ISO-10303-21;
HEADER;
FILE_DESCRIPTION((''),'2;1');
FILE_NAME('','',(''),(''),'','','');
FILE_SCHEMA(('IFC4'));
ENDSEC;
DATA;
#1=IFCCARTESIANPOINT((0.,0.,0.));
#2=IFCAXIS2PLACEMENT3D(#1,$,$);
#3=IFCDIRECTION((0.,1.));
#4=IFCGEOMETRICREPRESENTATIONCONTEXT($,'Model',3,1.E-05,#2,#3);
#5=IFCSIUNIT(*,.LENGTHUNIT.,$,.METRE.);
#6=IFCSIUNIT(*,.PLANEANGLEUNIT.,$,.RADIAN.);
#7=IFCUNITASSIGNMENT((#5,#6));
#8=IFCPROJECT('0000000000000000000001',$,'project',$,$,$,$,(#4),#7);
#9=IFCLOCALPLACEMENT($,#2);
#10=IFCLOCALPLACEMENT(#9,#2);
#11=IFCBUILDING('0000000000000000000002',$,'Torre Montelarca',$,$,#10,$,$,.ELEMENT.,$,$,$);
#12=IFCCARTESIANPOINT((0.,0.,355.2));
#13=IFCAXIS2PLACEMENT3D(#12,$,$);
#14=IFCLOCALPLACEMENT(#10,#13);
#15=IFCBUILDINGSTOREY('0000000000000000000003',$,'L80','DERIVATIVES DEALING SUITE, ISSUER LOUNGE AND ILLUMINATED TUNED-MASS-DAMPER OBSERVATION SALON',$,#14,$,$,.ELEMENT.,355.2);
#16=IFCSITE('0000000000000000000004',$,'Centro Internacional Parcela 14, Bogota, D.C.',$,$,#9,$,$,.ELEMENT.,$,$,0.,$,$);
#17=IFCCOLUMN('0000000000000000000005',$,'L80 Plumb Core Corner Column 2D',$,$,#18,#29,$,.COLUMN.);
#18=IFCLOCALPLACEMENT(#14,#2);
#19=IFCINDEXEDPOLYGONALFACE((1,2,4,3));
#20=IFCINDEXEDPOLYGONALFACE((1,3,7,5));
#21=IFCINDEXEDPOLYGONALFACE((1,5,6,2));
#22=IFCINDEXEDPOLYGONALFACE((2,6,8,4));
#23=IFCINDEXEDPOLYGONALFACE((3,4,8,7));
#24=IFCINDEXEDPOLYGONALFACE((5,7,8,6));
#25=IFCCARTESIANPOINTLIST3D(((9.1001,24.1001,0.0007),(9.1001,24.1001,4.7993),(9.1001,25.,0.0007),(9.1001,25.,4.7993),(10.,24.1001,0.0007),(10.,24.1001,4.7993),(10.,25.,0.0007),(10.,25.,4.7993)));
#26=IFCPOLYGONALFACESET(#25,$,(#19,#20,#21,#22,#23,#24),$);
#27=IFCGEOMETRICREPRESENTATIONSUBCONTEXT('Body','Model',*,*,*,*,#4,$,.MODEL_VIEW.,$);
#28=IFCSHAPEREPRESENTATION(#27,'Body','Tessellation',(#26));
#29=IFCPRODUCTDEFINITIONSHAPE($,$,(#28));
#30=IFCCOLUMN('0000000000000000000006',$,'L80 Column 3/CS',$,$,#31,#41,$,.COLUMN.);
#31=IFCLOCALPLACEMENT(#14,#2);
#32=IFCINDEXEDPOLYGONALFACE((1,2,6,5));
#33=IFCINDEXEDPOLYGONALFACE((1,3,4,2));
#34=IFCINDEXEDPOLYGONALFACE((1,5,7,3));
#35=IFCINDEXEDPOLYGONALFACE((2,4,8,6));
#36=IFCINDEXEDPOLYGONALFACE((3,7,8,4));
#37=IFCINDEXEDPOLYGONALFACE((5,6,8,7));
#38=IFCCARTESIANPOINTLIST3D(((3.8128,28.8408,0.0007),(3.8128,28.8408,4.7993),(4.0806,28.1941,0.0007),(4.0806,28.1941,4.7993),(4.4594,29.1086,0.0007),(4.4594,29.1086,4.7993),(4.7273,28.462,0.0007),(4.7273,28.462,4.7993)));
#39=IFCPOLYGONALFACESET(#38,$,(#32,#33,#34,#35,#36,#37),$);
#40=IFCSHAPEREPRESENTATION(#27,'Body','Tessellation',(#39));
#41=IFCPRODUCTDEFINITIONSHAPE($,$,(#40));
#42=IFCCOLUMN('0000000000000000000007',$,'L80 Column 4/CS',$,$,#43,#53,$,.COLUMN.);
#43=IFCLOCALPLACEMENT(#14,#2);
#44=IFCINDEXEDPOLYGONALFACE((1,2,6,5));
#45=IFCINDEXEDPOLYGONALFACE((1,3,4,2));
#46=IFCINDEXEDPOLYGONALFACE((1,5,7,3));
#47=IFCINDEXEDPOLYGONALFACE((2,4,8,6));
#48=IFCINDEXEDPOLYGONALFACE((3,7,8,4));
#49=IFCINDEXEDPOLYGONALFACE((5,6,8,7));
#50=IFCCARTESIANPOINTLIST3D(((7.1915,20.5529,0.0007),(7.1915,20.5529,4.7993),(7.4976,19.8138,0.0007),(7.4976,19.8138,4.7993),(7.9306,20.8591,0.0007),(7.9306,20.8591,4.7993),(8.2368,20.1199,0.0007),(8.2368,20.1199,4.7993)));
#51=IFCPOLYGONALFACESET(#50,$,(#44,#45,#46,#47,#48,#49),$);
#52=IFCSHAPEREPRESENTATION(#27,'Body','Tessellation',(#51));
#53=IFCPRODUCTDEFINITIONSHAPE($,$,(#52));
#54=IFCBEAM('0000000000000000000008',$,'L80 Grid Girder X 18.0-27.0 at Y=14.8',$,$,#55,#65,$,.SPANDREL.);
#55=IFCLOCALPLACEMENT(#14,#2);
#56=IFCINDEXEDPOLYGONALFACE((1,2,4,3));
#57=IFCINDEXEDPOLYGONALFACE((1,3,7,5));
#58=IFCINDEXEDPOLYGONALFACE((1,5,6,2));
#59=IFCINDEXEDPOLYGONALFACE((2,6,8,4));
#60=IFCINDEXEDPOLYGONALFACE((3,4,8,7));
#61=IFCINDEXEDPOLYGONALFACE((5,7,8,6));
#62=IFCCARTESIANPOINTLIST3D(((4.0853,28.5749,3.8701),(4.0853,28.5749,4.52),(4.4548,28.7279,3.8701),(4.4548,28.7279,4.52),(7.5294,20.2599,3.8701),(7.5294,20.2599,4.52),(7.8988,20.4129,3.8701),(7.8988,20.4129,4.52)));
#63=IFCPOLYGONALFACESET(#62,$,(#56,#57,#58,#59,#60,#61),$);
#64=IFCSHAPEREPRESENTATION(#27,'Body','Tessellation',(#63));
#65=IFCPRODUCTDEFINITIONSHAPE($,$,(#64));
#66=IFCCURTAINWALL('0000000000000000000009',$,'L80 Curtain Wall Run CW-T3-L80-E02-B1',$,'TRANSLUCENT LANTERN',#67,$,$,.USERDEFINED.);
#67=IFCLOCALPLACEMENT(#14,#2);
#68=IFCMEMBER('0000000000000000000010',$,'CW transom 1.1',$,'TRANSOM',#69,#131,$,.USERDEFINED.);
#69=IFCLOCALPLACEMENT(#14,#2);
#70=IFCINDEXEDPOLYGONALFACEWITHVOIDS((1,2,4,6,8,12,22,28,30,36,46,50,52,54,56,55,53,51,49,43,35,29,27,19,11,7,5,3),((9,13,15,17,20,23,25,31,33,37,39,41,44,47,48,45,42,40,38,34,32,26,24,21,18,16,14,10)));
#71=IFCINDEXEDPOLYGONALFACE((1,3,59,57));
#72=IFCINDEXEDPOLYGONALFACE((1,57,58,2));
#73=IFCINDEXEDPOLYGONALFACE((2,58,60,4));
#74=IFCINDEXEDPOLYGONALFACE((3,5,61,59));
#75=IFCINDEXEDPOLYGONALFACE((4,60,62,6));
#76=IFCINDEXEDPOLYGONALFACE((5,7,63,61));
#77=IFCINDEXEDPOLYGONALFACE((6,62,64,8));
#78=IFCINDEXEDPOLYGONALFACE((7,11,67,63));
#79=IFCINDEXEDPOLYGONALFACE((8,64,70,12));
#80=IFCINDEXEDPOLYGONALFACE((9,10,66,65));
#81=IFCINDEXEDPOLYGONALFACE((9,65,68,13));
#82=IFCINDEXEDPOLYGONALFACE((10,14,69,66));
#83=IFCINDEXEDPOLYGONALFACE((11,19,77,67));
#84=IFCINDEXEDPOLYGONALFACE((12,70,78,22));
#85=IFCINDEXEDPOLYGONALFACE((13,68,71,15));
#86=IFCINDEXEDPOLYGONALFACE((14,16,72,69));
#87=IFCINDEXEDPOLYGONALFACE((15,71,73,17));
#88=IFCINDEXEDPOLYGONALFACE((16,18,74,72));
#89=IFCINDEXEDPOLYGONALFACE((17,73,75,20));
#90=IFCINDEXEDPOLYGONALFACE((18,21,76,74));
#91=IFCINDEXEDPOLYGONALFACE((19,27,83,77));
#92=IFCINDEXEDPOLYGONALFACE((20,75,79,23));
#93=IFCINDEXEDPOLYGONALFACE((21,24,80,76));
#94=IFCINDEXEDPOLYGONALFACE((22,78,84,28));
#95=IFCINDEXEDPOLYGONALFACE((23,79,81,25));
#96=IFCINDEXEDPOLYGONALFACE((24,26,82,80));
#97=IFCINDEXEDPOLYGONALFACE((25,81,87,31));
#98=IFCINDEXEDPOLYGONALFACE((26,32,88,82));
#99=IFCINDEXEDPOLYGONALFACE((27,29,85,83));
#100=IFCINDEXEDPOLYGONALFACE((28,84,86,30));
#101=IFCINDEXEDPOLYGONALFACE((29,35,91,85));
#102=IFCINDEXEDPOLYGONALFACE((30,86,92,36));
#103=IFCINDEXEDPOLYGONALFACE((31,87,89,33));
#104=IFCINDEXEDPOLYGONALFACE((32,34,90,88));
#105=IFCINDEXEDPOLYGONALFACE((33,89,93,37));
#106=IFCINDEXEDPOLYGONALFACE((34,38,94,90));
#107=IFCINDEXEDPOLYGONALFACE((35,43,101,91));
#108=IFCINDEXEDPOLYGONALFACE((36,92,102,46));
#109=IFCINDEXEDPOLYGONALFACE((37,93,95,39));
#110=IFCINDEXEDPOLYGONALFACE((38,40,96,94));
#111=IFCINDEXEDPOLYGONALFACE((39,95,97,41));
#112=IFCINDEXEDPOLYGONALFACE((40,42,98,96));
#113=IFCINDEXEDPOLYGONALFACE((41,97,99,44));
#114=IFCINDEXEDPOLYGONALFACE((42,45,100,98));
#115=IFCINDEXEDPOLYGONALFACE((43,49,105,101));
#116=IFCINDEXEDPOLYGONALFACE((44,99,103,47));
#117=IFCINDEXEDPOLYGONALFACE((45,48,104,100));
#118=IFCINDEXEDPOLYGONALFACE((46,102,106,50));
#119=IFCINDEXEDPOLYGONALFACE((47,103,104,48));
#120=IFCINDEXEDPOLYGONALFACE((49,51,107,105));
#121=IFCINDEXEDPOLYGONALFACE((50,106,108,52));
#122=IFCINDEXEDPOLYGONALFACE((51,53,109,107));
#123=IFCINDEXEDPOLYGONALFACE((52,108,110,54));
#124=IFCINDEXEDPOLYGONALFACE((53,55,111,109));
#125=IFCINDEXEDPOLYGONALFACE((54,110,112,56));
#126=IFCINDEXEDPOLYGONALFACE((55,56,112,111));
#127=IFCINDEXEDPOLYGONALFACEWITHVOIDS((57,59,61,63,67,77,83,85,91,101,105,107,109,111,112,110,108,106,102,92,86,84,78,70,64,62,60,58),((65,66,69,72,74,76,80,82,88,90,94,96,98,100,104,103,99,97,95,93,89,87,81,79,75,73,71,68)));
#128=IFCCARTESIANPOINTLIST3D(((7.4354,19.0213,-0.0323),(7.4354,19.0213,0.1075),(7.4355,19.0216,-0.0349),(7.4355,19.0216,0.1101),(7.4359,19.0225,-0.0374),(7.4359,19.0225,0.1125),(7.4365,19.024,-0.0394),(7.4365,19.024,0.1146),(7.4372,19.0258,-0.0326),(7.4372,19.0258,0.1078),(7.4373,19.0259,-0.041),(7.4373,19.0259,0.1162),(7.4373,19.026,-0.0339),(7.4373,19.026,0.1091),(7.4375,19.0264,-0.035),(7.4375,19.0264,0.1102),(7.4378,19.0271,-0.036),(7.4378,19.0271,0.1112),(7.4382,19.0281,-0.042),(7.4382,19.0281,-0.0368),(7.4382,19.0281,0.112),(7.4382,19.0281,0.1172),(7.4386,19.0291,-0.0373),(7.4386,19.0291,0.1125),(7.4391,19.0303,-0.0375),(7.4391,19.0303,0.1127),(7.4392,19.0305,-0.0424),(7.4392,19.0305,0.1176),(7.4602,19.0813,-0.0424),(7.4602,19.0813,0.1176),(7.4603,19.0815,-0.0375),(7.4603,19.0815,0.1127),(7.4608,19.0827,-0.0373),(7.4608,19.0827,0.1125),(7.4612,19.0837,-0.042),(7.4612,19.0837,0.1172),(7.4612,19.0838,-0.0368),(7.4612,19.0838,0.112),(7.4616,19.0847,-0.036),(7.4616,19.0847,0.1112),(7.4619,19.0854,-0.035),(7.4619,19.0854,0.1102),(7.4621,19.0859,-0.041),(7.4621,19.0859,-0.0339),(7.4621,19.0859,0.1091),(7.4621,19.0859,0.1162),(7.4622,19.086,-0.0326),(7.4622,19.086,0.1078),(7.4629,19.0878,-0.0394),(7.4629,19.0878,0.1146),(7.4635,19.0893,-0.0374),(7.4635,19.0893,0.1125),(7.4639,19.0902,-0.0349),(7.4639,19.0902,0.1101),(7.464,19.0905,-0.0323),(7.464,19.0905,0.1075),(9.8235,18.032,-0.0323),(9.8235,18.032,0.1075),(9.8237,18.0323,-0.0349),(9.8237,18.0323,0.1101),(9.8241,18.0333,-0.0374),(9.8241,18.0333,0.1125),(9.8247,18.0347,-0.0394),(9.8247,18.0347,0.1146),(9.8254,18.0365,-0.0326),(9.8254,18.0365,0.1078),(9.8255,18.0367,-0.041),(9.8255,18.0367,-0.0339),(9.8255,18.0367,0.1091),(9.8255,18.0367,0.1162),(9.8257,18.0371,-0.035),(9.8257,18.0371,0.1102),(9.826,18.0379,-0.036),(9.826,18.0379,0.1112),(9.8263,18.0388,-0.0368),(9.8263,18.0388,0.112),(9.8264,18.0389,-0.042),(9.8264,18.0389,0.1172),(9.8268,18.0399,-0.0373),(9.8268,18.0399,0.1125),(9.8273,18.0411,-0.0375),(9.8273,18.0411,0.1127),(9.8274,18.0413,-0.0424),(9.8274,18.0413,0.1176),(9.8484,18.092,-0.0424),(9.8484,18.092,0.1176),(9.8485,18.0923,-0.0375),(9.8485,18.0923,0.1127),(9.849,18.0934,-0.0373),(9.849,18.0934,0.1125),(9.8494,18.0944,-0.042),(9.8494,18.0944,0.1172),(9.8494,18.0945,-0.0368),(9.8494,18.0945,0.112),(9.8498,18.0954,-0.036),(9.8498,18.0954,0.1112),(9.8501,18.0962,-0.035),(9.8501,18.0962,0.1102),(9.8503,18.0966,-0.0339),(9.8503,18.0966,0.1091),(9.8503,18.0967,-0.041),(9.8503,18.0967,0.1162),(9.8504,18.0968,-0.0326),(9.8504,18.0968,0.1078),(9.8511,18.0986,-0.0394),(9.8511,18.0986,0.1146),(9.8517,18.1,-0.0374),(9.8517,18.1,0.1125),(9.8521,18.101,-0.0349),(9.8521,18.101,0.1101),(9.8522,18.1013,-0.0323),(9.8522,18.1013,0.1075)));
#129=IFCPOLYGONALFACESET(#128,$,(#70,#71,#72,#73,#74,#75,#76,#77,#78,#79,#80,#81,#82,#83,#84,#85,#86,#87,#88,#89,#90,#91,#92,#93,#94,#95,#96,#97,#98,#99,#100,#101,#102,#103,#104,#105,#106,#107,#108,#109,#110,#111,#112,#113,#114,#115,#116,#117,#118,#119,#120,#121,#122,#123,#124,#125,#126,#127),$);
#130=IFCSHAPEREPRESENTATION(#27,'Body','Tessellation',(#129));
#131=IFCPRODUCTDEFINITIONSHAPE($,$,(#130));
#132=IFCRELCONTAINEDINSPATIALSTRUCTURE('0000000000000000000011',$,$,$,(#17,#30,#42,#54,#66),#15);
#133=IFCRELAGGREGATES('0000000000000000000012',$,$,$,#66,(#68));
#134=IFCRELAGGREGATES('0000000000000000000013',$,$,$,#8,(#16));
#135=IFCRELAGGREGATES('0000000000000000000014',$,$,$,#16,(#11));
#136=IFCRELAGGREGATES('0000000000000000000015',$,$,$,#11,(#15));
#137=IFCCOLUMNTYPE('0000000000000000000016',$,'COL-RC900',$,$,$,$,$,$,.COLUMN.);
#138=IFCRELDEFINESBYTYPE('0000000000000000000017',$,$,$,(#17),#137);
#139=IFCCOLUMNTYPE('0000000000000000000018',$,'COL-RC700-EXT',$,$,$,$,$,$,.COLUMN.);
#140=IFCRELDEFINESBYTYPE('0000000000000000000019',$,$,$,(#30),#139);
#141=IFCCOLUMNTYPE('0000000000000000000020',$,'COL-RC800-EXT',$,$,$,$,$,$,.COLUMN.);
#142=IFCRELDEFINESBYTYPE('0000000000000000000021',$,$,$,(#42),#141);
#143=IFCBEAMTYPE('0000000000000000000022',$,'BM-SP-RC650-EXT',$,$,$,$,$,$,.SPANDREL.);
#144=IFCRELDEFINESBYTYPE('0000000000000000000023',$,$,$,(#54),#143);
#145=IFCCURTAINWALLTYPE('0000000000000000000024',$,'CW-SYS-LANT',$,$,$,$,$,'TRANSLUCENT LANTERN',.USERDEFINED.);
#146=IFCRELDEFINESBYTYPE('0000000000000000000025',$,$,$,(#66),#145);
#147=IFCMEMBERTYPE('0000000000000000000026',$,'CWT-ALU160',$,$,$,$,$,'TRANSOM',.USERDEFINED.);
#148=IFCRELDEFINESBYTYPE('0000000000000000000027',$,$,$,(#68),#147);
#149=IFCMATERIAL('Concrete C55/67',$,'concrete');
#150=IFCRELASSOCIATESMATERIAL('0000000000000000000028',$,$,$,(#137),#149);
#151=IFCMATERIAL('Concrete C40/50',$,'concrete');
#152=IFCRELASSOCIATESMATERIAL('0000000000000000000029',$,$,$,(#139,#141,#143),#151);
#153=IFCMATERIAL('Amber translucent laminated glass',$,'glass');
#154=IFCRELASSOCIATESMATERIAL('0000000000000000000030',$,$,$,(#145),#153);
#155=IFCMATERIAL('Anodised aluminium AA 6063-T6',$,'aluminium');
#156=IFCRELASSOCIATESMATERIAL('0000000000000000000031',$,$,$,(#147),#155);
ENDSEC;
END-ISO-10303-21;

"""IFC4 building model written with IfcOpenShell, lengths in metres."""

from ifc_helpers import new_model, si_unit, direction, frame, origin, origin_2d, place, context, subcontext, project, spatial, rectangle, hollow_rectangle, extrude, source, transform, mapped, material, material_profile, profile_set, type_object, element, aggregate, save


model = new_model("IFC4")

# Units and contexts
model_context = context("Model", 3, precision=1e-05, world=origin(), true_north=direction((0.0, 1.0)))
body_context = subcontext(model_context, "Body", "Model", "MODEL_VIEW")
ifc_project = project(units=[si_unit("LENGTHUNIT", "METRE"), si_unit("PLANEANGLEUNIT", "RADIAN")], contexts=[model_context])

# Site, building, storey
site_placement = place(None, origin())
site = spatial("IfcSite", under=ifc_project, at=site_placement, Name="Centro Internacional Parcela 14, Bogota, D.C.", CompositionType="ELEMENT", RefElevation=0.0)
building_placement = place(site_placement, origin())
building = spatial("IfcBuilding", under=site, at=building_placement, Name="Torre Montelarca", CompositionType="ELEMENT")
storey_placement = place(building_placement, frame((0.0, 0.0, 355.2)))
storey = spatial("IfcBuildingStorey", under=building, at=storey_placement, Name="L80", Description="DERIVATIVES DEALING SUITE, ISSUER LOUNGE AND ILLUMINATED TUNED-MASS-DAMPER OBSERVATION SALON", CompositionType="ELEMENT", Elevation=355.2)

# Columns
ifc_material_1 = material(Name="Concrete C55/67", Category="concrete")
ifc_material_profile_1 = material_profile(ifc_material_1, rectangle(XDim=0.8999, YDim=0.8999, at=origin_2d()), Name="RC900X900", Category="concrete")
ifc_profile_set_1 = profile_set([ifc_material_profile_1], Name="Concrete C55/67")
column_type_1 = type_object("IfcColumnType", Name="COL-RC900", PredefinedType="COLUMN", material=ifc_profile_set_1)
shared_shape_1 = source(origin(), body_context, "Body", "SweptSolid", [
    extrude(rectangle(XDim=0.8999, YDim=0.8999, at=origin_2d()), origin(), (0.0, 0.0, 1.0), 4.7986),
])
column_1_placement = place(storey_placement, frame((9.55, 24.55, 0.0007), z_axis=(0.0, 0.0, 1.0), x_axis=(1.0, 0.0, 0.0)))
element("IfcColumn", 1, at=column_1_placement, inside=storey, type_object=column_type_1, Name="L80 Plumb Core Corner Column 2D", PredefinedType="COLUMN", context=body_context, shape_type="MappedRepresentation", body=[
    mapped(shared_shape_1, transform((0.0, 0.0, 0.0), scale=1.0)),
])
ifc_material_2 = material(Name="Concrete C40/50", Category="concrete")
ifc_material_profile_2 = material_profile(ifc_material_2, rectangle(XDim=0.7, YDim=0.7, at=origin_2d()), Name="RC700X700", Category="concrete")
ifc_profile_set_2 = profile_set([ifc_material_profile_2], Name="Concrete C40/50")
column_type_2 = type_object("IfcColumnType", Name="COL-RC700-EXT", PredefinedType="COLUMN", material=ifc_profile_set_2)
shared_shape_2 = source(origin(), body_context, "Body", "SweptSolid", [
    extrude(rectangle(XDim=0.7, YDim=0.7, at=origin_2d()), origin(), (0.0, 0.0, 1.0), 4.7986),
])
column_2_placement = place(storey_placement, frame((4.27, 28.6514, 0.0007), z_axis=(0.0, 0.0, 1.0), x_axis=(-0.382683, 0.92388, 0.0)))
element("IfcColumn", 2, at=column_2_placement, inside=storey, type_object=column_type_2, Name="L80 Column 3/CS", PredefinedType="COLUMN", context=body_context, shape_type="MappedRepresentation", body=[
    mapped(shared_shape_2, transform((0.0, 0.0, 0.0), scale=1.0)),
])
ifc_material_profile_3 = material_profile(ifc_material_2, rectangle(XDim=0.8, YDim=0.8, at=origin_2d()), Name="RC800X800", Category="concrete")
ifc_profile_set_3 = profile_set([ifc_material_profile_3], Name="Concrete C40/50")
column_type_3 = type_object("IfcColumnType", Name="COL-RC800-EXT", PredefinedType="COLUMN", material=ifc_profile_set_3)
shared_shape_3 = source(origin(), body_context, "Body", "SweptSolid", [
    extrude(rectangle(XDim=0.8, YDim=0.8, at=origin_2d()), origin(), (0.0, 0.0, 1.0), 4.7986),
])
column_3_placement = place(storey_placement, frame((7.7141, 20.3364, 0.0007), z_axis=(0.0, 0.0, 1.0), x_axis=(-0.382683, 0.92388, 0.0)))
element("IfcColumn", 3, at=column_3_placement, inside=storey, type_object=column_type_3, Name="L80 Column 4/CS", PredefinedType="COLUMN", context=body_context, shape_type="MappedRepresentation", body=[
    mapped(shared_shape_3, transform((0.0, 0.0, 0.0), scale=1.0)),
])

# Beam
ifc_material_profile_4 = material_profile(ifc_material_2, rectangle(XDim=0.3999, YDim=0.6499, at=origin_2d()), Name="RCB400X650", Category="concrete")
ifc_profile_set_4 = profile_set([ifc_material_profile_4], Name="Concrete C40/50")
beam_type = type_object("IfcBeamType", Name="BM-SP-RC650-EXT", PredefinedType="SPANDREL", material=ifc_profile_set_4)
shared_shape_4 = source(origin(), body_context, "Body", "SweptSolid", [
    extrude(rectangle(XDim=0.3999, YDim=0.6499, at=origin_2d()), origin(), (0.0, 0.0, 1.0), 9.0),
])
beam_placement = place(storey_placement, frame((4.27, 28.6514, 4.1951), z_axis=(0.382677, -0.923882, 0.0), x_axis=(0.923882, 0.382677, 0.0)))
element("IfcBeam", 4, at=beam_placement, inside=storey, type_object=beam_type, Name="L80 Grid Girder X 18.0-27.0 at Y=14.8", PredefinedType="SPANDREL", context=body_context, shape_type="MappedRepresentation", body=[
    mapped(shared_shape_4, transform((0.0, 0.0, 0.0), scale=1.0)),
])

# Curtain wall, member
ifc_material_3 = material(Name="Amber translucent laminated glass", Category="glass")
curtain_wall_type = type_object("IfcCurtainWallType", Name="CW-SYS-LANT", ElementType="TRANSLUCENT LANTERN", PredefinedType="USERDEFINED", material=ifc_material_3)
curtain_wall_placement = place(storey_placement, origin())
curtain_wall = element("IfcCurtainWall", 5, at=curtain_wall_placement, inside=storey, type_object=curtain_wall_type, Name="L80 Curtain Wall Run CW-T3-L80-E02-B1", ObjectType="TRANSLUCENT LANTERN", PredefinedType="USERDEFINED")
ifc_material_4 = material(Name="Anodised aluminium AA 6063-T6", Category="aluminium")
ifc_material_profile_5 = material_profile(ifc_material_4, hollow_rectangle(XDim=0.075, YDim=0.1599, WallThickness=0.0049, InnerFilletRadius=0.0049, OuterFilletRadius=0.01, at=origin_2d()), Name="ALU75X160X5", Category="aluminium")
ifc_profile_set_5 = profile_set([ifc_material_profile_5], Name="Anodised aluminium AA 6063-T6")
member_type_1 = type_object("IfcMemberType", Name="CWT-ALU160", ElementType="TRANSOM", PredefinedType="USERDEFINED", material=ifc_profile_set_5)
shared_shape_5 = source(origin(), body_context, "Body", "SweptSolid", [
    extrude(hollow_rectangle(XDim=0.075, YDim=0.1599, WallThickness=0.0049, InnerFilletRadius=0.0049, OuterFilletRadius=0.01, at=origin_2d()), origin(), (0.0, 0.0, 1.0), 2.585),
])
member_1_placement = place(storey_placement, frame((7.4497, 19.0559, 0.0376), z_axis=(0.923874, -0.382697, 0.0), x_axis=(0.382697, 0.923874, 0.0)))
member_1 = element("IfcMember", 6, at=member_1_placement, type_object=member_type_1, Name="CW transom 1.1", ObjectType="TRANSOM", PredefinedType="USERDEFINED", context=body_context, shape_type="MappedRepresentation", body=[
    mapped(shared_shape_5, transform((0.0, 0.0, 0.0), scale=1.0)),
])
aggregate(curtain_wall, [member_1])

save(model, "model.ifc")
